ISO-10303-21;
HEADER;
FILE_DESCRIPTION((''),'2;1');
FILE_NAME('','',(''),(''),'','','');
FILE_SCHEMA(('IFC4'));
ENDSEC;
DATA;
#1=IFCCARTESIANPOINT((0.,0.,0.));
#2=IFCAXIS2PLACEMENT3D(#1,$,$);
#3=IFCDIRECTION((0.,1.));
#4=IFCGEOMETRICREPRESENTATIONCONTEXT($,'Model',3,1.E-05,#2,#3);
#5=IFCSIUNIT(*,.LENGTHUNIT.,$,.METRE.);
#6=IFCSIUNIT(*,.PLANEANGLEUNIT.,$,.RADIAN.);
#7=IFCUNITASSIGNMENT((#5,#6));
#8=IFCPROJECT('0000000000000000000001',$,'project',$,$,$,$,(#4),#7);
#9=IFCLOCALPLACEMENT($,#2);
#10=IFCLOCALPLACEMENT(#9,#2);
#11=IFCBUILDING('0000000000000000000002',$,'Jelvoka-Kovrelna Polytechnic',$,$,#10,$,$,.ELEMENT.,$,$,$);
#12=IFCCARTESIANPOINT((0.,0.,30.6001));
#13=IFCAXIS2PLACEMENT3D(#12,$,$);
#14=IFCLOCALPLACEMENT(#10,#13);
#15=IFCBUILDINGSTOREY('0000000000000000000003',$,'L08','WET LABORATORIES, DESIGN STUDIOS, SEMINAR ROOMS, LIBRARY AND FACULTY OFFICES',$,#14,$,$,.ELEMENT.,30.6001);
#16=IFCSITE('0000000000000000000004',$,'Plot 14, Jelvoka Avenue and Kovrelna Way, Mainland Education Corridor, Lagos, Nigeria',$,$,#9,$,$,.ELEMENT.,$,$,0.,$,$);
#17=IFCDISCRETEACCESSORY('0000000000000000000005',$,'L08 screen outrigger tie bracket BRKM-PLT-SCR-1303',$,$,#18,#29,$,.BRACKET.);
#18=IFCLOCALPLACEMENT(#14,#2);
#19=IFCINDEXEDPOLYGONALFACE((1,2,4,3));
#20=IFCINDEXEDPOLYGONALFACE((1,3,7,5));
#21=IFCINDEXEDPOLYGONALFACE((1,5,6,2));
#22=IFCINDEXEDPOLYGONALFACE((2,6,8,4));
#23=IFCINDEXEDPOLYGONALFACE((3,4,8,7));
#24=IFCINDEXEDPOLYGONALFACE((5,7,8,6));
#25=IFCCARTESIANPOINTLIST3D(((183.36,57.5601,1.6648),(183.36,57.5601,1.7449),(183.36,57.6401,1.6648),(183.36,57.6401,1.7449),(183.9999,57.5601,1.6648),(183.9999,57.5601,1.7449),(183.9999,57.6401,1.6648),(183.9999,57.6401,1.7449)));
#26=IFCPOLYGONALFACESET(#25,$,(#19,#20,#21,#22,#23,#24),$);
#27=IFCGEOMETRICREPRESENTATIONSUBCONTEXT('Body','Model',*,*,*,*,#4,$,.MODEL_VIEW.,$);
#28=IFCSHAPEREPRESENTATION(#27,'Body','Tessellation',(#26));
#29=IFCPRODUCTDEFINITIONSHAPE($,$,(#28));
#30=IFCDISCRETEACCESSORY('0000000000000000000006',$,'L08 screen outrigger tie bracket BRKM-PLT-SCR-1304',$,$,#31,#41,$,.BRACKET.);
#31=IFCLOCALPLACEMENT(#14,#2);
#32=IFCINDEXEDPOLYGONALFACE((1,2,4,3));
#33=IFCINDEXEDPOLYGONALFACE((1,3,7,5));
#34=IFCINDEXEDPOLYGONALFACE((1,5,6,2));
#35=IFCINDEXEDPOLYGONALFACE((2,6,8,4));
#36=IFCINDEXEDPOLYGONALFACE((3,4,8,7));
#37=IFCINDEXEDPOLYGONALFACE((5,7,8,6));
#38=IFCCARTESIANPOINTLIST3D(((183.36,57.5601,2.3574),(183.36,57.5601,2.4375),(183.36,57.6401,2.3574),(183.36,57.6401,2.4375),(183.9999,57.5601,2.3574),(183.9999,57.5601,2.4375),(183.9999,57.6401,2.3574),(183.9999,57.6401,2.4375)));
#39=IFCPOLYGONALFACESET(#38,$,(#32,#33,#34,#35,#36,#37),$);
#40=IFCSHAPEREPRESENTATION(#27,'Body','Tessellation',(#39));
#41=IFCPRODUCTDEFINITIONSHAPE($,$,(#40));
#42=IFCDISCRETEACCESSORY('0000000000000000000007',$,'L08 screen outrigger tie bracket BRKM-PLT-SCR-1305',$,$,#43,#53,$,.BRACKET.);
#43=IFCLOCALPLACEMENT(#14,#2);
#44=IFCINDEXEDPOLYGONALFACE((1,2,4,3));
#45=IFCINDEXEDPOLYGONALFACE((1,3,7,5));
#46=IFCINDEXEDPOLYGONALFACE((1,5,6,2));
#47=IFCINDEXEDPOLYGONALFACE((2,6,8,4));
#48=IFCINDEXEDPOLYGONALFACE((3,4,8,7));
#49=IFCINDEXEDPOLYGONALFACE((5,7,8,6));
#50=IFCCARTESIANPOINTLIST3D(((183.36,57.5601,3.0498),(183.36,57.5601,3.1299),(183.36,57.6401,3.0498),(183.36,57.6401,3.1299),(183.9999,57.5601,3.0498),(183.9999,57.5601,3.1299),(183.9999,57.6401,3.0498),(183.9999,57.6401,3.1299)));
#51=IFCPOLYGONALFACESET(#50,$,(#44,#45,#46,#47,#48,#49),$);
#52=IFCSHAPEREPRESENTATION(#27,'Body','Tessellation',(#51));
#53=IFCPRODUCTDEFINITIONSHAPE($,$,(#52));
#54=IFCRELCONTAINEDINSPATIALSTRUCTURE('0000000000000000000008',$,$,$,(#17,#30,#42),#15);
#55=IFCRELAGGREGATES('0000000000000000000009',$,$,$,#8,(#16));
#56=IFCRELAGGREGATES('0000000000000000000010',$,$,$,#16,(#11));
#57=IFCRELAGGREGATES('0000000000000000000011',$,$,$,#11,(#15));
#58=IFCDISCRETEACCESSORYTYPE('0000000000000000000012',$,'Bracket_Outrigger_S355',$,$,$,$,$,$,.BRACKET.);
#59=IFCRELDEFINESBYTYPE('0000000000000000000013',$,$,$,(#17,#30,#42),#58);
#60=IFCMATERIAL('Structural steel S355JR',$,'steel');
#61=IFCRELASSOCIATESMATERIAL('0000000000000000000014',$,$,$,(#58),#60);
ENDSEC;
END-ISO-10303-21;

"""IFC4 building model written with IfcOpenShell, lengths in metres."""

from ifc_helpers import new_model, si_unit, direction, frame, origin, origin_2d, place, context, subcontext, project, spatial, rectangle, extrude, material, type_object, element, save


model = new_model("IFC4")

# Units and contexts
model_context = context("Model", 3, precision=1e-05, world=origin(), true_north=direction((0.0, 1.0)))
body_context = subcontext(model_context, "Body", "Model", "MODEL_VIEW")
ifc_project = project(units=[si_unit("LENGTHUNIT", "METRE"), si_unit("PLANEANGLEUNIT", "RADIAN")], contexts=[model_context])

# Site, building, storey
site_placement = place(None, origin())
site = spatial("IfcSite", under=ifc_project, at=site_placement, Name="Plot 14, Jelvoka Avenue and Kovrelna Way, Mainland Education Corridor, Lagos, Nigeria", CompositionType="ELEMENT", RefElevation=0.0)
building_placement = place(site_placement, origin())
building = spatial("IfcBuilding", under=site, at=building_placement, Name="Jelvoka-Kovrelna Polytechnic", CompositionType="ELEMENT")
storey_placement = place(building_placement, frame((0.0, 0.0, 30.6001)))
storey = spatial("IfcBuildingStorey", under=building, at=storey_placement, Name="L08", Description="WET LABORATORIES, DESIGN STUDIOS, SEMINAR ROOMS, LIBRARY AND FACULTY OFFICES", CompositionType="ELEMENT", Elevation=30.6001)

# Discrete accessories
ifc_material_1 = material(Name="Structural steel S355JR", Category="steel")
discrete_accessory_type = type_object("IfcDiscreteAccessoryType", Name="Bracket_Outrigger_S355", PredefinedType="BRACKET", material=ifc_material_1)
for number, where, z_axis, x_axis, name in (
    (1, (183.6799, 57.6001, 1.6648), (0.0, 0.0, 1.0), (1.0, 0.0, 0.0), "L08 screen outrigger tie bracket BRKM-PLT-SCR-1303"),
    (2, (183.6799, 57.6001, 2.3574), (0.0, 0.0, 1.0), (1.0, 0.0, 0.0), "L08 screen outrigger tie bracket BRKM-PLT-SCR-1304"),
    (3, (183.6799, 57.6001, 3.0498), (0.0, 0.0, 1.0), (1.0, 0.0, 0.0), "L08 screen outrigger tie bracket BRKM-PLT-SCR-1305"),
):
    element("IfcDiscreteAccessory", number, at=place(storey_placement, frame(where, z_axis=z_axis, x_axis=x_axis)), inside=storey, type_object=discrete_accessory_type, Name=name, PredefinedType="BRACKET", context=body_context, shape_type="SweptSolid", body=[
        extrude(rectangle(XDim=0.6399, YDim=0.0801, at=origin_2d()), origin(), (0.0, 0.0, 1.0), 0.0801),
    ])

save(model, "model.ifc")
